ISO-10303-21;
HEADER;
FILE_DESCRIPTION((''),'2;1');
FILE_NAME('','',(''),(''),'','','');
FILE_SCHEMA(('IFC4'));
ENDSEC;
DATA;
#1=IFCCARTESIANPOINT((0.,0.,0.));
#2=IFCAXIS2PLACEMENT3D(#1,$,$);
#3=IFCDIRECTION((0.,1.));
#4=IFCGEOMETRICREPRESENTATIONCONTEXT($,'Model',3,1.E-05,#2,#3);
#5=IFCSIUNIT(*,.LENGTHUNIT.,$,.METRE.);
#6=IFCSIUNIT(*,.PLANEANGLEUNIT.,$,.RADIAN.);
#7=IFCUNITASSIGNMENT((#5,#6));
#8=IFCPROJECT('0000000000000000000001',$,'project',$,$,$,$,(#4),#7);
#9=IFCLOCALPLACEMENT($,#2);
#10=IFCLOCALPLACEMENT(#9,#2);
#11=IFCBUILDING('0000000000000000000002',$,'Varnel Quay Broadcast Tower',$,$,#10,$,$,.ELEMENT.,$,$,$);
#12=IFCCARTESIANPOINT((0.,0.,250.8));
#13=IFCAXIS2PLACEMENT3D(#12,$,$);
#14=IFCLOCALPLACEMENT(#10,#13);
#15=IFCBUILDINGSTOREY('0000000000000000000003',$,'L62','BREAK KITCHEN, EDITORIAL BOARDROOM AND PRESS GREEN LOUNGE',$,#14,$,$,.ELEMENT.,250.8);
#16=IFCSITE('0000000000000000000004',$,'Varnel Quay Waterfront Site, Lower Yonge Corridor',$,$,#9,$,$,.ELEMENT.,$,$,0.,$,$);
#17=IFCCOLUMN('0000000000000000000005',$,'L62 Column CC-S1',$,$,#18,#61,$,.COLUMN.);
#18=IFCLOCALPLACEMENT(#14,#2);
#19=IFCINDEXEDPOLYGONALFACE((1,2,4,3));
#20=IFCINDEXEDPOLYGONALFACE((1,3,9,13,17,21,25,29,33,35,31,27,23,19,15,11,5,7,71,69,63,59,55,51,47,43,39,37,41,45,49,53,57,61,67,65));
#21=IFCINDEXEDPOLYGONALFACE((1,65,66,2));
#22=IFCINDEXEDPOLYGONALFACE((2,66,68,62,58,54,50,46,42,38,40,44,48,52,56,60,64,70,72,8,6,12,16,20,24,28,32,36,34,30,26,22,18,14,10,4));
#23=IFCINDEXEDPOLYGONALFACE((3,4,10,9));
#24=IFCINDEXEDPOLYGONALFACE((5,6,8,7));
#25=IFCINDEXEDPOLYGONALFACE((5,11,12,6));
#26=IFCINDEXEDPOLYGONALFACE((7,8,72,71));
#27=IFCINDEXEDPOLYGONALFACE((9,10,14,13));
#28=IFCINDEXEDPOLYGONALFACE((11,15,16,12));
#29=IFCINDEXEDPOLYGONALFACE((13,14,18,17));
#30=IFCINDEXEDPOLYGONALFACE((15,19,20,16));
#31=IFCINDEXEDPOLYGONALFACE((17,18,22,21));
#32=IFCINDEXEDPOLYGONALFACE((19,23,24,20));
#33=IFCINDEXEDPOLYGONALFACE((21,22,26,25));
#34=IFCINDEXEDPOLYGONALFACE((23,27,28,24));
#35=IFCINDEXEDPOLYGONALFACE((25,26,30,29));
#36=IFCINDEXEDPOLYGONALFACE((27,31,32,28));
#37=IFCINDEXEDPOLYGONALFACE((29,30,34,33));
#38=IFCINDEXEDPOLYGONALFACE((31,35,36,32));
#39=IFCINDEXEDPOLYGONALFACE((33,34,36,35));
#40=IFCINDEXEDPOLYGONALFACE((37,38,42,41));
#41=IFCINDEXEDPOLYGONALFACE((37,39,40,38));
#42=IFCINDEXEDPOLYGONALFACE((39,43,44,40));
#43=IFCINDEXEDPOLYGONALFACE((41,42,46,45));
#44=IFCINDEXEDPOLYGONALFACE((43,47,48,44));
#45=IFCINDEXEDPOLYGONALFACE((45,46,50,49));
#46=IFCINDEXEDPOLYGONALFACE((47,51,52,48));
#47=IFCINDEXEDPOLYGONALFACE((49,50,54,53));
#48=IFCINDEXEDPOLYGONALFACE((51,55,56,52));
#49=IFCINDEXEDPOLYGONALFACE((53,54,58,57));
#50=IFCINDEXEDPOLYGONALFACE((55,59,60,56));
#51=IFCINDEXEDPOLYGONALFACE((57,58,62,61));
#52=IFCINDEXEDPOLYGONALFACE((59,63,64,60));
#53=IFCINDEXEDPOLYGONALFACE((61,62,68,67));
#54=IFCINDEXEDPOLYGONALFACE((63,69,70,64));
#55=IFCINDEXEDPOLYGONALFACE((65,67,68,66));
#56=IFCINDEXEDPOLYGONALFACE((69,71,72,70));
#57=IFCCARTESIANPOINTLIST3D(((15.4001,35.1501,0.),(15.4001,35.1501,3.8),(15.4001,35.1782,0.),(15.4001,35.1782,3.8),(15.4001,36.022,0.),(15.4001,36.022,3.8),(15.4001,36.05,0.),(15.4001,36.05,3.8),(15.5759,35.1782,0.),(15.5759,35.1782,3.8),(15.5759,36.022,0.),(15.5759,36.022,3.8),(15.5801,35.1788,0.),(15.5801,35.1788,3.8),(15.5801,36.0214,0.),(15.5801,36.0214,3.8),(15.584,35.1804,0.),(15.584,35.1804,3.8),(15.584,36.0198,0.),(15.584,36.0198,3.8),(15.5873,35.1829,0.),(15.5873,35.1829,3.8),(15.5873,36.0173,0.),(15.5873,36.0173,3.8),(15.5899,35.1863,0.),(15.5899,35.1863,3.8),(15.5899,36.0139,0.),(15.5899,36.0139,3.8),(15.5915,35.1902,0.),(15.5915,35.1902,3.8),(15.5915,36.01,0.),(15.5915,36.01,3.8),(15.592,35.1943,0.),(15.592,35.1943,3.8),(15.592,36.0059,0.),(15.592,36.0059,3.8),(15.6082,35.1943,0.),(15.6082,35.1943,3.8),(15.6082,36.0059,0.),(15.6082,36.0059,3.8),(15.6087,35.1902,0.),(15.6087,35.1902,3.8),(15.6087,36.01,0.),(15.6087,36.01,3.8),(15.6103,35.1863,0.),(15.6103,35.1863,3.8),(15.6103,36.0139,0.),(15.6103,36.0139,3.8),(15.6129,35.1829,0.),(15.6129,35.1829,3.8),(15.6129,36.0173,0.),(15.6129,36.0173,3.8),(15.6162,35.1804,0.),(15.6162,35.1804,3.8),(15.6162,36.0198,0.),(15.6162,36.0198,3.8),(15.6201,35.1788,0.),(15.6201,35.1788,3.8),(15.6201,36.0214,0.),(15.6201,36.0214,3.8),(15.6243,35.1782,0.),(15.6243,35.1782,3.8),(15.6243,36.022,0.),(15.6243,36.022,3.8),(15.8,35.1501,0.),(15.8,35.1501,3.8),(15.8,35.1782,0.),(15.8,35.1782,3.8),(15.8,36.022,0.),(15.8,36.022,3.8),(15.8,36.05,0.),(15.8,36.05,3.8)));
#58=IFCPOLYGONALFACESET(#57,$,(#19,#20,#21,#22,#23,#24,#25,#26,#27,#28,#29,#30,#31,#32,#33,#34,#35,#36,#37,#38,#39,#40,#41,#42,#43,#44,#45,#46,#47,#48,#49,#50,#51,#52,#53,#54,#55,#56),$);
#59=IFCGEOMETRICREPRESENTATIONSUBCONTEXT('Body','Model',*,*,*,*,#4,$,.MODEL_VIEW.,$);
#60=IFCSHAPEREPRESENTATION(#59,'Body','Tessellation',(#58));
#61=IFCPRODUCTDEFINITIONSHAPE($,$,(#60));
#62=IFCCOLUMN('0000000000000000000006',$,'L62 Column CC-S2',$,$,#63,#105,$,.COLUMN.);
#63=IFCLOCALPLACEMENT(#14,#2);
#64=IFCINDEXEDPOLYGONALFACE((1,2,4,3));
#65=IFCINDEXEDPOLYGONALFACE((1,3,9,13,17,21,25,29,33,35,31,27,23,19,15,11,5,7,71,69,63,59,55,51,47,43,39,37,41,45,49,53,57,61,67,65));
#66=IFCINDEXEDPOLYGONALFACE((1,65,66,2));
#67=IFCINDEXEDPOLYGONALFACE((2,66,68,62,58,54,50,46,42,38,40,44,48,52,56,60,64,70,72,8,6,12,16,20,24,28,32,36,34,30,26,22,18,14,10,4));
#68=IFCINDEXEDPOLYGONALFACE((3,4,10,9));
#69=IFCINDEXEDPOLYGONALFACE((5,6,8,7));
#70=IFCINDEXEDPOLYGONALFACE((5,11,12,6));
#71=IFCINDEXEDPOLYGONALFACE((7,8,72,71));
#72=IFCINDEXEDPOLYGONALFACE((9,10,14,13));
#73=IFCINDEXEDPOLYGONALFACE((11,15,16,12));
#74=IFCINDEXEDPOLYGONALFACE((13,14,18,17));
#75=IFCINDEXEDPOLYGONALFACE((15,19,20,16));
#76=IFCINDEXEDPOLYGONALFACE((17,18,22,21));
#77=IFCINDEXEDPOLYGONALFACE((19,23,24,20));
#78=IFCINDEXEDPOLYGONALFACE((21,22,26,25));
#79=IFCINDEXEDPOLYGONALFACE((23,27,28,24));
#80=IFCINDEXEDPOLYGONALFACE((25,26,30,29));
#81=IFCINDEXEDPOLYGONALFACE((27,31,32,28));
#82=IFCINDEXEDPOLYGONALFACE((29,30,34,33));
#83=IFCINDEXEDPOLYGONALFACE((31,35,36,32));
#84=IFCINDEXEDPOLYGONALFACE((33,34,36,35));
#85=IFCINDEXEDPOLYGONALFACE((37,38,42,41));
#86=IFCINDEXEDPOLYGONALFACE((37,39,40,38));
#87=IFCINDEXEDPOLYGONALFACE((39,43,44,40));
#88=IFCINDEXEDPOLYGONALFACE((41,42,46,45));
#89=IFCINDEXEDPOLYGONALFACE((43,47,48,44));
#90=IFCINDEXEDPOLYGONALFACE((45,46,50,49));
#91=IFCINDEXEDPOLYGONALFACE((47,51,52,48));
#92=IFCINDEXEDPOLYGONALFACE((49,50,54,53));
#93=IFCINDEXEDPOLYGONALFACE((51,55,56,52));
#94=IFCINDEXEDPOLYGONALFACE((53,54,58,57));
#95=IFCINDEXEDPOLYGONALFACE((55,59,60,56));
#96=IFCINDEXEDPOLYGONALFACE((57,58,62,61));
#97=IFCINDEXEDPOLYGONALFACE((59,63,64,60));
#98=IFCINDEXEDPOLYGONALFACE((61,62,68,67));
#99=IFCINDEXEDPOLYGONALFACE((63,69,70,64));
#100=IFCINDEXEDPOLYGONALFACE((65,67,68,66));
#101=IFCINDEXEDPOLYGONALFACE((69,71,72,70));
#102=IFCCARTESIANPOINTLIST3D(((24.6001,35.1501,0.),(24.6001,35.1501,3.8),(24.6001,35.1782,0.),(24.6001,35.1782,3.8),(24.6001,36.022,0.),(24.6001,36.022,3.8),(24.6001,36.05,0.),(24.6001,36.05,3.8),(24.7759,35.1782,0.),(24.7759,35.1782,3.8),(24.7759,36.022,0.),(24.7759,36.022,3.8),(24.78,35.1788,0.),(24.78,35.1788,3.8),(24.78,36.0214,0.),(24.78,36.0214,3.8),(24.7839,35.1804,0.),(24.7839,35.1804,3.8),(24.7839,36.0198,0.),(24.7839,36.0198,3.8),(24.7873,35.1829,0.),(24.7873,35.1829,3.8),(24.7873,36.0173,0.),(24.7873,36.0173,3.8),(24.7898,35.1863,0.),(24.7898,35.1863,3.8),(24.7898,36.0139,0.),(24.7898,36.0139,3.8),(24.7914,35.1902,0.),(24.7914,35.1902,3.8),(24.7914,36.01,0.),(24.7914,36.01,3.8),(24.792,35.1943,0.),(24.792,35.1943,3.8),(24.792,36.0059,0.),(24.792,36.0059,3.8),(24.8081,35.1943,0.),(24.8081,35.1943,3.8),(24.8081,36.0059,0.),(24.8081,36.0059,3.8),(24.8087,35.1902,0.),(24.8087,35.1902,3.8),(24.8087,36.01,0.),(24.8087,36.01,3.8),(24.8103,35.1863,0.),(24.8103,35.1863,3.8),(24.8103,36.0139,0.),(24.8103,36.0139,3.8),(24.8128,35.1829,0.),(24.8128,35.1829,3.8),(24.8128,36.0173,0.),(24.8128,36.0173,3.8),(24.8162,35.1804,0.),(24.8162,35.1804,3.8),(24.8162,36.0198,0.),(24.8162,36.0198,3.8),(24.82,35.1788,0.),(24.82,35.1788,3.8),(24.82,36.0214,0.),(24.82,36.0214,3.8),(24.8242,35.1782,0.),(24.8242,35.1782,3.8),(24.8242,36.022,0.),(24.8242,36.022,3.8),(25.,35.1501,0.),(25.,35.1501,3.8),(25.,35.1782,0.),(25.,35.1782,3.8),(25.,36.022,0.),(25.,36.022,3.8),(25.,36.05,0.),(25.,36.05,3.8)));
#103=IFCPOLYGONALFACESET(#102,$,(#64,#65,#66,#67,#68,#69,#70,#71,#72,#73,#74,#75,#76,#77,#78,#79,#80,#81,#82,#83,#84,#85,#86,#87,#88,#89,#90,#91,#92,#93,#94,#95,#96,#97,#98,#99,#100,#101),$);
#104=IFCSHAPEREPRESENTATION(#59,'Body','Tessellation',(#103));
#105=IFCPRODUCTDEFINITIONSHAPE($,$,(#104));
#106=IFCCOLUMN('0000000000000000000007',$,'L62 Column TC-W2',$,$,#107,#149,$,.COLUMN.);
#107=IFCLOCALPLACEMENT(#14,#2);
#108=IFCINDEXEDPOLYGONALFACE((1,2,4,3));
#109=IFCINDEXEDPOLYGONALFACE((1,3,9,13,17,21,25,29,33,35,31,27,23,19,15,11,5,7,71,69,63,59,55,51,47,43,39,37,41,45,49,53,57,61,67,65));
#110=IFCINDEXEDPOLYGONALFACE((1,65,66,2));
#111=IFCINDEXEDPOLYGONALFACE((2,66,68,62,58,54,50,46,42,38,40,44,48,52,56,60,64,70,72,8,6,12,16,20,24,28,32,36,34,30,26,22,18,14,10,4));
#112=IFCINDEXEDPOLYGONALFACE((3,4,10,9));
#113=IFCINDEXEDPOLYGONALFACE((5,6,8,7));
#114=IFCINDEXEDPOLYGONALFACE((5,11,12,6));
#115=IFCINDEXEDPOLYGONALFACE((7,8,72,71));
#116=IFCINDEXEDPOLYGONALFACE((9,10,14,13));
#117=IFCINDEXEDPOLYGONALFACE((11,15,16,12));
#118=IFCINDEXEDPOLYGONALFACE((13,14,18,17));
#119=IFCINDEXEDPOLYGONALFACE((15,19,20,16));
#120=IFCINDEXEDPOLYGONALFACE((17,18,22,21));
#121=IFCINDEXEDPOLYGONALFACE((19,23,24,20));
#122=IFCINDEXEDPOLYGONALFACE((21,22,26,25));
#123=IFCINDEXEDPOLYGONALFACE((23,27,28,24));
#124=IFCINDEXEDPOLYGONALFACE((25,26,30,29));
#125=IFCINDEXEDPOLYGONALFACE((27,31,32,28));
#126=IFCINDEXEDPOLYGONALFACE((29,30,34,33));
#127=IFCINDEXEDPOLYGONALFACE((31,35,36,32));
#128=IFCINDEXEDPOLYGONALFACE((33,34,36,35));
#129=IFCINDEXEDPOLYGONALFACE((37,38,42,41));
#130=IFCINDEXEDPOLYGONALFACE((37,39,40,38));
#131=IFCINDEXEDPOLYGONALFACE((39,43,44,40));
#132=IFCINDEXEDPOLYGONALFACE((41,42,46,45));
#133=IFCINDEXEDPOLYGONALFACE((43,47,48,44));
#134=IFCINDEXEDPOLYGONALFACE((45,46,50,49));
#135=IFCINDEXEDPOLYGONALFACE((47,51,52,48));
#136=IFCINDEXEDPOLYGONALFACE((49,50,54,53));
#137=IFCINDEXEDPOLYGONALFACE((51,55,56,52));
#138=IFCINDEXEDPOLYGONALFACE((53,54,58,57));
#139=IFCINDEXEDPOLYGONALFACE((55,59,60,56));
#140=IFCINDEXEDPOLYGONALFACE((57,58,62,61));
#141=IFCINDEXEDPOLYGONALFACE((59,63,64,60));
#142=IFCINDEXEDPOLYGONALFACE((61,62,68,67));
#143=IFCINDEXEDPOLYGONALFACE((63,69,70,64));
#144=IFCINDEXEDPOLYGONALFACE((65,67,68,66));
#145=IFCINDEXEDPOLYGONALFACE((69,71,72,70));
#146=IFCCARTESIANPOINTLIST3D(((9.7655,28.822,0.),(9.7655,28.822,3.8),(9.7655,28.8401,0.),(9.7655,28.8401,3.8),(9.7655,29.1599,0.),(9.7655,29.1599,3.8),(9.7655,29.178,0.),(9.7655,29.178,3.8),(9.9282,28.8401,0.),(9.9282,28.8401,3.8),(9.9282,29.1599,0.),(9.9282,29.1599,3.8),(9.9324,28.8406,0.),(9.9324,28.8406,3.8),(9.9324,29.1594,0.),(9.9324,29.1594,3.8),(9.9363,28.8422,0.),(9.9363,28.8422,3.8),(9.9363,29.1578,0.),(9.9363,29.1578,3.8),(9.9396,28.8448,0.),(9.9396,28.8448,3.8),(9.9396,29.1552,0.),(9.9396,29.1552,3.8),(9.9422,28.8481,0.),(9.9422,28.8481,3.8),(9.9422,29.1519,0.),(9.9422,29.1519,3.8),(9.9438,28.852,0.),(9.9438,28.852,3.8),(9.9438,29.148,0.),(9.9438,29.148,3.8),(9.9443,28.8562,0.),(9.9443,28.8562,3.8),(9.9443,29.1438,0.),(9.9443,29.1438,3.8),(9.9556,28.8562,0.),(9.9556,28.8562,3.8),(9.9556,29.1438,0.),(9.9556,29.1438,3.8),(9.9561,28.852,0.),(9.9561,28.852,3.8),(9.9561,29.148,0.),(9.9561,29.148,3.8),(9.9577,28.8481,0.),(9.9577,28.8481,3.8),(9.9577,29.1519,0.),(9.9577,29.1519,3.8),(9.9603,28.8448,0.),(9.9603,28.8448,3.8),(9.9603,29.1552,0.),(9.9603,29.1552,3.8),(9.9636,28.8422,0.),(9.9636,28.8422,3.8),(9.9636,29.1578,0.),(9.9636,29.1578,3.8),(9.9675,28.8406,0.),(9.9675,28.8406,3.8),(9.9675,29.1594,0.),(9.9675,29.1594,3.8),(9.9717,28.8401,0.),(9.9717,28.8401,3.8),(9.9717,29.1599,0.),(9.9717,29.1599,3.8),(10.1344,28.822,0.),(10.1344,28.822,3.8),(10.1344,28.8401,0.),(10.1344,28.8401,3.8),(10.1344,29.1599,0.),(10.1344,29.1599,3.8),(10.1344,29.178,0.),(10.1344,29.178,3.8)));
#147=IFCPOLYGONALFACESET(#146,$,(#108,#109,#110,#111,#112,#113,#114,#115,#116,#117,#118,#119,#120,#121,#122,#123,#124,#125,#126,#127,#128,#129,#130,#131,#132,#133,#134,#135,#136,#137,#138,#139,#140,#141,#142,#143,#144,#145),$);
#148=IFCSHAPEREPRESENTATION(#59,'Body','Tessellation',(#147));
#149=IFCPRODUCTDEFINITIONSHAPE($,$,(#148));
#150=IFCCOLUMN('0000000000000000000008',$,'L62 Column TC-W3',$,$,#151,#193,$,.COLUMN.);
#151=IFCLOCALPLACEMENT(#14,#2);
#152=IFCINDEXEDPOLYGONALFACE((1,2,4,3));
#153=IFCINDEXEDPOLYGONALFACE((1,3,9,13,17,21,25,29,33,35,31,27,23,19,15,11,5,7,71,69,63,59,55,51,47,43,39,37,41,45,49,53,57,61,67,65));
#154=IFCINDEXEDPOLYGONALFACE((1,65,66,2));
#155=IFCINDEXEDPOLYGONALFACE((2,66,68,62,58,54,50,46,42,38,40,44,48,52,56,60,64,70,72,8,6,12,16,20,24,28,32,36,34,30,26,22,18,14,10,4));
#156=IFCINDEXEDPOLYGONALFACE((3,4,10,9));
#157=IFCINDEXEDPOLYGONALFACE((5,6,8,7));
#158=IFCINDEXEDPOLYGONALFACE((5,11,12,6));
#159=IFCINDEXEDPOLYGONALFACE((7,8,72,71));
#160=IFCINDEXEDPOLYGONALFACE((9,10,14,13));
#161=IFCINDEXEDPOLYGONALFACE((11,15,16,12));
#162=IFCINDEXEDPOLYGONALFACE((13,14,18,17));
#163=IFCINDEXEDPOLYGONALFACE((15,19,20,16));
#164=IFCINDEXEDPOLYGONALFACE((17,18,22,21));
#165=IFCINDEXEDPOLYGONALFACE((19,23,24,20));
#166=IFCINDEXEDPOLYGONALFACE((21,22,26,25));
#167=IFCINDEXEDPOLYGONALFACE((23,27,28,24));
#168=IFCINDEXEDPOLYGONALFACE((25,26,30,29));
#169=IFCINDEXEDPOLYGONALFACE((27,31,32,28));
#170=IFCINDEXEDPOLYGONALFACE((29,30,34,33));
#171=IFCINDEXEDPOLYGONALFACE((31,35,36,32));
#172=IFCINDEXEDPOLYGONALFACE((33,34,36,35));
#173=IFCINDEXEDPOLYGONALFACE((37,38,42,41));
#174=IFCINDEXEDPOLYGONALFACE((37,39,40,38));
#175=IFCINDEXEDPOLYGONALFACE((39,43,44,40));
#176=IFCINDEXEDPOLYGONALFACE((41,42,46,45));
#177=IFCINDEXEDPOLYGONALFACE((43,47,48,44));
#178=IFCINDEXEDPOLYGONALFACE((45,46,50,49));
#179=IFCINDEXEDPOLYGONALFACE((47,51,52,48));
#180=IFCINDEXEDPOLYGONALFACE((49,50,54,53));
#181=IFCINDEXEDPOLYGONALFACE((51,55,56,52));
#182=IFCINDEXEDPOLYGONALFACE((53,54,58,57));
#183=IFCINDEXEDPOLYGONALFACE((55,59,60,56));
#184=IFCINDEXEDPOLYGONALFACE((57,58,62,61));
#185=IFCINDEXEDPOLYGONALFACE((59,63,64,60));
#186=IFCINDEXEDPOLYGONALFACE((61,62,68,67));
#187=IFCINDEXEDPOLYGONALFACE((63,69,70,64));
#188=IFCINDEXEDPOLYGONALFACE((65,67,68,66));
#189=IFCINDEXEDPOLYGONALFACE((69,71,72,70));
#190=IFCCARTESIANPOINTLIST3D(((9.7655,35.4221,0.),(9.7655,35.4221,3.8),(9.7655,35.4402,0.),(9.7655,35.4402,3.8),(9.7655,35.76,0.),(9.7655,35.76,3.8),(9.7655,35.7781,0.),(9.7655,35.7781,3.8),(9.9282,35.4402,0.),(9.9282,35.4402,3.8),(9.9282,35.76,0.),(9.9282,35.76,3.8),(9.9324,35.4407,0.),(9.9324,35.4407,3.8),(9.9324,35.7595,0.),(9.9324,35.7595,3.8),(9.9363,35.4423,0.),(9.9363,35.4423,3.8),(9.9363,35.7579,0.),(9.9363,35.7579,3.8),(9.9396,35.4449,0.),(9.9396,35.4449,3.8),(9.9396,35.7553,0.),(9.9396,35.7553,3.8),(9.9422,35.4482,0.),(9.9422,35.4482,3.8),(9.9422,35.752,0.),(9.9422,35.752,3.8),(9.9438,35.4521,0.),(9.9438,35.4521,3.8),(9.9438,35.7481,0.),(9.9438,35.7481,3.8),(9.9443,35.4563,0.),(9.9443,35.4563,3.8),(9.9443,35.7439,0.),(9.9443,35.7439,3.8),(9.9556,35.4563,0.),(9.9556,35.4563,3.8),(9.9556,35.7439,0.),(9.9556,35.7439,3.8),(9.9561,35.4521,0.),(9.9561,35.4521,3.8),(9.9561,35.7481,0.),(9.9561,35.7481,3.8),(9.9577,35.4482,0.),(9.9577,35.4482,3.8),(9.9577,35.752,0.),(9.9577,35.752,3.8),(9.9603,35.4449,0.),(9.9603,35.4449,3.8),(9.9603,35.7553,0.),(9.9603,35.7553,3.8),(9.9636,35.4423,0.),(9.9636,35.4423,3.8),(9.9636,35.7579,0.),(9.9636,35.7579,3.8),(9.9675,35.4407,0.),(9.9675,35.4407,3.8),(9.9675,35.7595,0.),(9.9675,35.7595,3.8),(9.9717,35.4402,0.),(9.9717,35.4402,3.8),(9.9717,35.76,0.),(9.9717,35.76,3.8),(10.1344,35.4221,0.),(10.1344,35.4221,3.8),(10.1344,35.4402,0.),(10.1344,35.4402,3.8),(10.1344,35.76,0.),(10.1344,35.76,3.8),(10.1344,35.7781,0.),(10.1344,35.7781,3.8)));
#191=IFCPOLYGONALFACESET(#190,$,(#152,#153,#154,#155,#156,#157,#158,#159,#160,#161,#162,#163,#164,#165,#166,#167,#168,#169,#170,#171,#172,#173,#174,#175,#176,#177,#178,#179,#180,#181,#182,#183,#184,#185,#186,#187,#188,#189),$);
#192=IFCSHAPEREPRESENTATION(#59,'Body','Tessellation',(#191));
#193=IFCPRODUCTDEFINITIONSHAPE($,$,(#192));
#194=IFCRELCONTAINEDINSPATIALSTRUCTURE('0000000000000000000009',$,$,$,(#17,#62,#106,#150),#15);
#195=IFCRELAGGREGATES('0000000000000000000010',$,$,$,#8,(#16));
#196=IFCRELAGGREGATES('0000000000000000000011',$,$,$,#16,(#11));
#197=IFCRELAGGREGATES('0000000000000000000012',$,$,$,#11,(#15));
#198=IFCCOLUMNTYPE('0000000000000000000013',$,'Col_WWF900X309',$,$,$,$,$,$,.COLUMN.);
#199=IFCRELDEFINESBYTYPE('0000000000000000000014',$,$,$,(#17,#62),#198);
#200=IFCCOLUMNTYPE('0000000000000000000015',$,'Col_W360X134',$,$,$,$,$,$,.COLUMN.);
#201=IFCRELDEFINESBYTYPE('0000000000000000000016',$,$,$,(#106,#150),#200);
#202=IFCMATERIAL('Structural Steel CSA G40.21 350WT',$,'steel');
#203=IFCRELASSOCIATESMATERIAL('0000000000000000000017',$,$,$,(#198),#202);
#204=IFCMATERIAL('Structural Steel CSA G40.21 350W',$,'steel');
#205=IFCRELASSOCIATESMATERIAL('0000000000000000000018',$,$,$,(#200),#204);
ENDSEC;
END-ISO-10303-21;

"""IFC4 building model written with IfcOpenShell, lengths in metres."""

from ifc_helpers import new_model, si_unit, direction, frame, origin, origin_2d, place, context, subcontext, project, spatial, i_section, extrude, source, transform, mapped, material, material_profile, profile_set, type_object, type_shapes, element, save


model = new_model("IFC4")

# Units and contexts
model_context = context("Model", 3, precision=1e-05, world=origin(), true_north=direction((0.0, 1.0)))
body_context = subcontext(model_context, "Body", "Model", "MODEL_VIEW")
ifc_project = project(units=[si_unit("LENGTHUNIT", "METRE"), si_unit("PLANEANGLEUNIT", "RADIAN")], contexts=[model_context])

# Site, building, storey
site_placement = place(None, origin())
site = spatial("IfcSite", under=ifc_project, at=site_placement, Name="Varnel Quay Waterfront Site, Lower Yonge Corridor", CompositionType="ELEMENT", RefElevation=0.0)
building_placement = place(site_placement, origin())
building = spatial("IfcBuilding", under=site, at=building_placement, Name="Varnel Quay Broadcast Tower", CompositionType="ELEMENT")
storey_placement = place(building_placement, frame((0.0, 0.0, 250.8)))
storey = spatial("IfcBuildingStorey", under=building, at=storey_placement, Name="L62", Description="BREAK KITCHEN, EDITORIAL BOARDROOM AND PRESS GREEN LOUNGE", CompositionType="ELEMENT", Elevation=250.8)

# Columns
ifc_material_1 = material(Name="Structural Steel CSA G40.21 350WT", Category="steel")
ifc_material_profile_1 = material_profile(ifc_material_1, i_section(OverallWidth=0.3999, OverallDepth=0.8999, WebThickness=0.0161, FlangeThickness=0.0281, FilletRadius=0.0161, at=origin_2d()), Name="WWF900X309")
ifc_profile_set_1 = profile_set([ifc_material_profile_1], Name="Structural Steel CSA G40.21 350WT")
column_type_1 = type_object("IfcColumnType", Name="Col_WWF900X309", PredefinedType="COLUMN", material=ifc_profile_set_1)
shared_shape_1 = source(origin(), body_context, "Body", "SweptSolid", [
    extrude(i_section(OverallWidth=0.3999, OverallDepth=0.8999, WebThickness=0.0161, FlangeThickness=0.0281, FilletRadius=0.0161, at=origin_2d()), origin(), (0.0, 0.0, 1.0), 3.8),
])
type_shapes(column_type_1, [shared_shape_1])
for number, where, z_axis, x_axis, name in (
    (1, (15.6001, 35.6001, 0.0), (0.0, 0.0, 1.0), (1.0, 0.0, 0.0), "L62 Column CC-S1"),
    (2, (24.8, 35.6001, 0.0), (0.0, 0.0, 1.0), (1.0, 0.0, 0.0), "L62 Column CC-S2"),
):
    element("IfcColumn", number, at=place(storey_placement, frame(where, z_axis=z_axis, x_axis=x_axis)), inside=storey, type_object=column_type_1, Name=name, PredefinedType="COLUMN", context=body_context, shape_type="MappedRepresentation", body=[
        mapped(shared_shape_1, transform((0.0, 0.0, 0.0), x_axis=(1.0, 0.0, 0.0), y_axis=(0.0, 1.0, 0.0), z_axis=(0.0, 0.0, 1.0), scale=1.0)),
    ])
ifc_material_2 = material(Name="Structural Steel CSA G40.21 350W", Category="steel")
ifc_material_profile_2 = material_profile(ifc_material_2, i_section(OverallWidth=0.3689, OverallDepth=0.356, WebThickness=0.0112, FlangeThickness=0.0181, FilletRadius=0.0161, at=origin_2d()), Name="W360X134")
ifc_profile_set_2 = profile_set([ifc_material_profile_2], Name="Structural Steel CSA G40.21 350W")
column_type_2 = type_object("IfcColumnType", Name="Col_W360X134", PredefinedType="COLUMN", material=ifc_profile_set_2)
shared_shape_2 = source(origin(), body_context, "Body", "SweptSolid", [
    extrude(i_section(OverallWidth=0.3689, OverallDepth=0.356, WebThickness=0.0112, FlangeThickness=0.0181, FilletRadius=0.0161, at=origin_2d()), origin(), (0.0, 0.0, 1.0), 3.8),
])
type_shapes(column_type_2, [shared_shape_2])
for number, where, z_axis, x_axis, name in (
    (3, (9.95, 29.0, 0.0), (0.0, 0.0, 1.0), (1.0, 0.0, 0.0), "L62 Column TC-W2"),
    (4, (9.95, 35.6001, 0.0), (0.0, 0.0, 1.0), (1.0, 0.0, 0.0), "L62 Column TC-W3"),
):
    element("IfcColumn", number, at=place(storey_placement, frame(where, z_axis=z_axis, x_axis=x_axis)), inside=storey, type_object=column_type_2, Name=name, PredefinedType="COLUMN", context=body_context, shape_type="MappedRepresentation", body=[
        mapped(shared_shape_2, transform((0.0, 0.0, 0.0), x_axis=(1.0, 0.0, 0.0), y_axis=(0.0, 1.0, 0.0), z_axis=(0.0, 0.0, 1.0), scale=1.0)),
    ])

save(model, "model.ifc")
